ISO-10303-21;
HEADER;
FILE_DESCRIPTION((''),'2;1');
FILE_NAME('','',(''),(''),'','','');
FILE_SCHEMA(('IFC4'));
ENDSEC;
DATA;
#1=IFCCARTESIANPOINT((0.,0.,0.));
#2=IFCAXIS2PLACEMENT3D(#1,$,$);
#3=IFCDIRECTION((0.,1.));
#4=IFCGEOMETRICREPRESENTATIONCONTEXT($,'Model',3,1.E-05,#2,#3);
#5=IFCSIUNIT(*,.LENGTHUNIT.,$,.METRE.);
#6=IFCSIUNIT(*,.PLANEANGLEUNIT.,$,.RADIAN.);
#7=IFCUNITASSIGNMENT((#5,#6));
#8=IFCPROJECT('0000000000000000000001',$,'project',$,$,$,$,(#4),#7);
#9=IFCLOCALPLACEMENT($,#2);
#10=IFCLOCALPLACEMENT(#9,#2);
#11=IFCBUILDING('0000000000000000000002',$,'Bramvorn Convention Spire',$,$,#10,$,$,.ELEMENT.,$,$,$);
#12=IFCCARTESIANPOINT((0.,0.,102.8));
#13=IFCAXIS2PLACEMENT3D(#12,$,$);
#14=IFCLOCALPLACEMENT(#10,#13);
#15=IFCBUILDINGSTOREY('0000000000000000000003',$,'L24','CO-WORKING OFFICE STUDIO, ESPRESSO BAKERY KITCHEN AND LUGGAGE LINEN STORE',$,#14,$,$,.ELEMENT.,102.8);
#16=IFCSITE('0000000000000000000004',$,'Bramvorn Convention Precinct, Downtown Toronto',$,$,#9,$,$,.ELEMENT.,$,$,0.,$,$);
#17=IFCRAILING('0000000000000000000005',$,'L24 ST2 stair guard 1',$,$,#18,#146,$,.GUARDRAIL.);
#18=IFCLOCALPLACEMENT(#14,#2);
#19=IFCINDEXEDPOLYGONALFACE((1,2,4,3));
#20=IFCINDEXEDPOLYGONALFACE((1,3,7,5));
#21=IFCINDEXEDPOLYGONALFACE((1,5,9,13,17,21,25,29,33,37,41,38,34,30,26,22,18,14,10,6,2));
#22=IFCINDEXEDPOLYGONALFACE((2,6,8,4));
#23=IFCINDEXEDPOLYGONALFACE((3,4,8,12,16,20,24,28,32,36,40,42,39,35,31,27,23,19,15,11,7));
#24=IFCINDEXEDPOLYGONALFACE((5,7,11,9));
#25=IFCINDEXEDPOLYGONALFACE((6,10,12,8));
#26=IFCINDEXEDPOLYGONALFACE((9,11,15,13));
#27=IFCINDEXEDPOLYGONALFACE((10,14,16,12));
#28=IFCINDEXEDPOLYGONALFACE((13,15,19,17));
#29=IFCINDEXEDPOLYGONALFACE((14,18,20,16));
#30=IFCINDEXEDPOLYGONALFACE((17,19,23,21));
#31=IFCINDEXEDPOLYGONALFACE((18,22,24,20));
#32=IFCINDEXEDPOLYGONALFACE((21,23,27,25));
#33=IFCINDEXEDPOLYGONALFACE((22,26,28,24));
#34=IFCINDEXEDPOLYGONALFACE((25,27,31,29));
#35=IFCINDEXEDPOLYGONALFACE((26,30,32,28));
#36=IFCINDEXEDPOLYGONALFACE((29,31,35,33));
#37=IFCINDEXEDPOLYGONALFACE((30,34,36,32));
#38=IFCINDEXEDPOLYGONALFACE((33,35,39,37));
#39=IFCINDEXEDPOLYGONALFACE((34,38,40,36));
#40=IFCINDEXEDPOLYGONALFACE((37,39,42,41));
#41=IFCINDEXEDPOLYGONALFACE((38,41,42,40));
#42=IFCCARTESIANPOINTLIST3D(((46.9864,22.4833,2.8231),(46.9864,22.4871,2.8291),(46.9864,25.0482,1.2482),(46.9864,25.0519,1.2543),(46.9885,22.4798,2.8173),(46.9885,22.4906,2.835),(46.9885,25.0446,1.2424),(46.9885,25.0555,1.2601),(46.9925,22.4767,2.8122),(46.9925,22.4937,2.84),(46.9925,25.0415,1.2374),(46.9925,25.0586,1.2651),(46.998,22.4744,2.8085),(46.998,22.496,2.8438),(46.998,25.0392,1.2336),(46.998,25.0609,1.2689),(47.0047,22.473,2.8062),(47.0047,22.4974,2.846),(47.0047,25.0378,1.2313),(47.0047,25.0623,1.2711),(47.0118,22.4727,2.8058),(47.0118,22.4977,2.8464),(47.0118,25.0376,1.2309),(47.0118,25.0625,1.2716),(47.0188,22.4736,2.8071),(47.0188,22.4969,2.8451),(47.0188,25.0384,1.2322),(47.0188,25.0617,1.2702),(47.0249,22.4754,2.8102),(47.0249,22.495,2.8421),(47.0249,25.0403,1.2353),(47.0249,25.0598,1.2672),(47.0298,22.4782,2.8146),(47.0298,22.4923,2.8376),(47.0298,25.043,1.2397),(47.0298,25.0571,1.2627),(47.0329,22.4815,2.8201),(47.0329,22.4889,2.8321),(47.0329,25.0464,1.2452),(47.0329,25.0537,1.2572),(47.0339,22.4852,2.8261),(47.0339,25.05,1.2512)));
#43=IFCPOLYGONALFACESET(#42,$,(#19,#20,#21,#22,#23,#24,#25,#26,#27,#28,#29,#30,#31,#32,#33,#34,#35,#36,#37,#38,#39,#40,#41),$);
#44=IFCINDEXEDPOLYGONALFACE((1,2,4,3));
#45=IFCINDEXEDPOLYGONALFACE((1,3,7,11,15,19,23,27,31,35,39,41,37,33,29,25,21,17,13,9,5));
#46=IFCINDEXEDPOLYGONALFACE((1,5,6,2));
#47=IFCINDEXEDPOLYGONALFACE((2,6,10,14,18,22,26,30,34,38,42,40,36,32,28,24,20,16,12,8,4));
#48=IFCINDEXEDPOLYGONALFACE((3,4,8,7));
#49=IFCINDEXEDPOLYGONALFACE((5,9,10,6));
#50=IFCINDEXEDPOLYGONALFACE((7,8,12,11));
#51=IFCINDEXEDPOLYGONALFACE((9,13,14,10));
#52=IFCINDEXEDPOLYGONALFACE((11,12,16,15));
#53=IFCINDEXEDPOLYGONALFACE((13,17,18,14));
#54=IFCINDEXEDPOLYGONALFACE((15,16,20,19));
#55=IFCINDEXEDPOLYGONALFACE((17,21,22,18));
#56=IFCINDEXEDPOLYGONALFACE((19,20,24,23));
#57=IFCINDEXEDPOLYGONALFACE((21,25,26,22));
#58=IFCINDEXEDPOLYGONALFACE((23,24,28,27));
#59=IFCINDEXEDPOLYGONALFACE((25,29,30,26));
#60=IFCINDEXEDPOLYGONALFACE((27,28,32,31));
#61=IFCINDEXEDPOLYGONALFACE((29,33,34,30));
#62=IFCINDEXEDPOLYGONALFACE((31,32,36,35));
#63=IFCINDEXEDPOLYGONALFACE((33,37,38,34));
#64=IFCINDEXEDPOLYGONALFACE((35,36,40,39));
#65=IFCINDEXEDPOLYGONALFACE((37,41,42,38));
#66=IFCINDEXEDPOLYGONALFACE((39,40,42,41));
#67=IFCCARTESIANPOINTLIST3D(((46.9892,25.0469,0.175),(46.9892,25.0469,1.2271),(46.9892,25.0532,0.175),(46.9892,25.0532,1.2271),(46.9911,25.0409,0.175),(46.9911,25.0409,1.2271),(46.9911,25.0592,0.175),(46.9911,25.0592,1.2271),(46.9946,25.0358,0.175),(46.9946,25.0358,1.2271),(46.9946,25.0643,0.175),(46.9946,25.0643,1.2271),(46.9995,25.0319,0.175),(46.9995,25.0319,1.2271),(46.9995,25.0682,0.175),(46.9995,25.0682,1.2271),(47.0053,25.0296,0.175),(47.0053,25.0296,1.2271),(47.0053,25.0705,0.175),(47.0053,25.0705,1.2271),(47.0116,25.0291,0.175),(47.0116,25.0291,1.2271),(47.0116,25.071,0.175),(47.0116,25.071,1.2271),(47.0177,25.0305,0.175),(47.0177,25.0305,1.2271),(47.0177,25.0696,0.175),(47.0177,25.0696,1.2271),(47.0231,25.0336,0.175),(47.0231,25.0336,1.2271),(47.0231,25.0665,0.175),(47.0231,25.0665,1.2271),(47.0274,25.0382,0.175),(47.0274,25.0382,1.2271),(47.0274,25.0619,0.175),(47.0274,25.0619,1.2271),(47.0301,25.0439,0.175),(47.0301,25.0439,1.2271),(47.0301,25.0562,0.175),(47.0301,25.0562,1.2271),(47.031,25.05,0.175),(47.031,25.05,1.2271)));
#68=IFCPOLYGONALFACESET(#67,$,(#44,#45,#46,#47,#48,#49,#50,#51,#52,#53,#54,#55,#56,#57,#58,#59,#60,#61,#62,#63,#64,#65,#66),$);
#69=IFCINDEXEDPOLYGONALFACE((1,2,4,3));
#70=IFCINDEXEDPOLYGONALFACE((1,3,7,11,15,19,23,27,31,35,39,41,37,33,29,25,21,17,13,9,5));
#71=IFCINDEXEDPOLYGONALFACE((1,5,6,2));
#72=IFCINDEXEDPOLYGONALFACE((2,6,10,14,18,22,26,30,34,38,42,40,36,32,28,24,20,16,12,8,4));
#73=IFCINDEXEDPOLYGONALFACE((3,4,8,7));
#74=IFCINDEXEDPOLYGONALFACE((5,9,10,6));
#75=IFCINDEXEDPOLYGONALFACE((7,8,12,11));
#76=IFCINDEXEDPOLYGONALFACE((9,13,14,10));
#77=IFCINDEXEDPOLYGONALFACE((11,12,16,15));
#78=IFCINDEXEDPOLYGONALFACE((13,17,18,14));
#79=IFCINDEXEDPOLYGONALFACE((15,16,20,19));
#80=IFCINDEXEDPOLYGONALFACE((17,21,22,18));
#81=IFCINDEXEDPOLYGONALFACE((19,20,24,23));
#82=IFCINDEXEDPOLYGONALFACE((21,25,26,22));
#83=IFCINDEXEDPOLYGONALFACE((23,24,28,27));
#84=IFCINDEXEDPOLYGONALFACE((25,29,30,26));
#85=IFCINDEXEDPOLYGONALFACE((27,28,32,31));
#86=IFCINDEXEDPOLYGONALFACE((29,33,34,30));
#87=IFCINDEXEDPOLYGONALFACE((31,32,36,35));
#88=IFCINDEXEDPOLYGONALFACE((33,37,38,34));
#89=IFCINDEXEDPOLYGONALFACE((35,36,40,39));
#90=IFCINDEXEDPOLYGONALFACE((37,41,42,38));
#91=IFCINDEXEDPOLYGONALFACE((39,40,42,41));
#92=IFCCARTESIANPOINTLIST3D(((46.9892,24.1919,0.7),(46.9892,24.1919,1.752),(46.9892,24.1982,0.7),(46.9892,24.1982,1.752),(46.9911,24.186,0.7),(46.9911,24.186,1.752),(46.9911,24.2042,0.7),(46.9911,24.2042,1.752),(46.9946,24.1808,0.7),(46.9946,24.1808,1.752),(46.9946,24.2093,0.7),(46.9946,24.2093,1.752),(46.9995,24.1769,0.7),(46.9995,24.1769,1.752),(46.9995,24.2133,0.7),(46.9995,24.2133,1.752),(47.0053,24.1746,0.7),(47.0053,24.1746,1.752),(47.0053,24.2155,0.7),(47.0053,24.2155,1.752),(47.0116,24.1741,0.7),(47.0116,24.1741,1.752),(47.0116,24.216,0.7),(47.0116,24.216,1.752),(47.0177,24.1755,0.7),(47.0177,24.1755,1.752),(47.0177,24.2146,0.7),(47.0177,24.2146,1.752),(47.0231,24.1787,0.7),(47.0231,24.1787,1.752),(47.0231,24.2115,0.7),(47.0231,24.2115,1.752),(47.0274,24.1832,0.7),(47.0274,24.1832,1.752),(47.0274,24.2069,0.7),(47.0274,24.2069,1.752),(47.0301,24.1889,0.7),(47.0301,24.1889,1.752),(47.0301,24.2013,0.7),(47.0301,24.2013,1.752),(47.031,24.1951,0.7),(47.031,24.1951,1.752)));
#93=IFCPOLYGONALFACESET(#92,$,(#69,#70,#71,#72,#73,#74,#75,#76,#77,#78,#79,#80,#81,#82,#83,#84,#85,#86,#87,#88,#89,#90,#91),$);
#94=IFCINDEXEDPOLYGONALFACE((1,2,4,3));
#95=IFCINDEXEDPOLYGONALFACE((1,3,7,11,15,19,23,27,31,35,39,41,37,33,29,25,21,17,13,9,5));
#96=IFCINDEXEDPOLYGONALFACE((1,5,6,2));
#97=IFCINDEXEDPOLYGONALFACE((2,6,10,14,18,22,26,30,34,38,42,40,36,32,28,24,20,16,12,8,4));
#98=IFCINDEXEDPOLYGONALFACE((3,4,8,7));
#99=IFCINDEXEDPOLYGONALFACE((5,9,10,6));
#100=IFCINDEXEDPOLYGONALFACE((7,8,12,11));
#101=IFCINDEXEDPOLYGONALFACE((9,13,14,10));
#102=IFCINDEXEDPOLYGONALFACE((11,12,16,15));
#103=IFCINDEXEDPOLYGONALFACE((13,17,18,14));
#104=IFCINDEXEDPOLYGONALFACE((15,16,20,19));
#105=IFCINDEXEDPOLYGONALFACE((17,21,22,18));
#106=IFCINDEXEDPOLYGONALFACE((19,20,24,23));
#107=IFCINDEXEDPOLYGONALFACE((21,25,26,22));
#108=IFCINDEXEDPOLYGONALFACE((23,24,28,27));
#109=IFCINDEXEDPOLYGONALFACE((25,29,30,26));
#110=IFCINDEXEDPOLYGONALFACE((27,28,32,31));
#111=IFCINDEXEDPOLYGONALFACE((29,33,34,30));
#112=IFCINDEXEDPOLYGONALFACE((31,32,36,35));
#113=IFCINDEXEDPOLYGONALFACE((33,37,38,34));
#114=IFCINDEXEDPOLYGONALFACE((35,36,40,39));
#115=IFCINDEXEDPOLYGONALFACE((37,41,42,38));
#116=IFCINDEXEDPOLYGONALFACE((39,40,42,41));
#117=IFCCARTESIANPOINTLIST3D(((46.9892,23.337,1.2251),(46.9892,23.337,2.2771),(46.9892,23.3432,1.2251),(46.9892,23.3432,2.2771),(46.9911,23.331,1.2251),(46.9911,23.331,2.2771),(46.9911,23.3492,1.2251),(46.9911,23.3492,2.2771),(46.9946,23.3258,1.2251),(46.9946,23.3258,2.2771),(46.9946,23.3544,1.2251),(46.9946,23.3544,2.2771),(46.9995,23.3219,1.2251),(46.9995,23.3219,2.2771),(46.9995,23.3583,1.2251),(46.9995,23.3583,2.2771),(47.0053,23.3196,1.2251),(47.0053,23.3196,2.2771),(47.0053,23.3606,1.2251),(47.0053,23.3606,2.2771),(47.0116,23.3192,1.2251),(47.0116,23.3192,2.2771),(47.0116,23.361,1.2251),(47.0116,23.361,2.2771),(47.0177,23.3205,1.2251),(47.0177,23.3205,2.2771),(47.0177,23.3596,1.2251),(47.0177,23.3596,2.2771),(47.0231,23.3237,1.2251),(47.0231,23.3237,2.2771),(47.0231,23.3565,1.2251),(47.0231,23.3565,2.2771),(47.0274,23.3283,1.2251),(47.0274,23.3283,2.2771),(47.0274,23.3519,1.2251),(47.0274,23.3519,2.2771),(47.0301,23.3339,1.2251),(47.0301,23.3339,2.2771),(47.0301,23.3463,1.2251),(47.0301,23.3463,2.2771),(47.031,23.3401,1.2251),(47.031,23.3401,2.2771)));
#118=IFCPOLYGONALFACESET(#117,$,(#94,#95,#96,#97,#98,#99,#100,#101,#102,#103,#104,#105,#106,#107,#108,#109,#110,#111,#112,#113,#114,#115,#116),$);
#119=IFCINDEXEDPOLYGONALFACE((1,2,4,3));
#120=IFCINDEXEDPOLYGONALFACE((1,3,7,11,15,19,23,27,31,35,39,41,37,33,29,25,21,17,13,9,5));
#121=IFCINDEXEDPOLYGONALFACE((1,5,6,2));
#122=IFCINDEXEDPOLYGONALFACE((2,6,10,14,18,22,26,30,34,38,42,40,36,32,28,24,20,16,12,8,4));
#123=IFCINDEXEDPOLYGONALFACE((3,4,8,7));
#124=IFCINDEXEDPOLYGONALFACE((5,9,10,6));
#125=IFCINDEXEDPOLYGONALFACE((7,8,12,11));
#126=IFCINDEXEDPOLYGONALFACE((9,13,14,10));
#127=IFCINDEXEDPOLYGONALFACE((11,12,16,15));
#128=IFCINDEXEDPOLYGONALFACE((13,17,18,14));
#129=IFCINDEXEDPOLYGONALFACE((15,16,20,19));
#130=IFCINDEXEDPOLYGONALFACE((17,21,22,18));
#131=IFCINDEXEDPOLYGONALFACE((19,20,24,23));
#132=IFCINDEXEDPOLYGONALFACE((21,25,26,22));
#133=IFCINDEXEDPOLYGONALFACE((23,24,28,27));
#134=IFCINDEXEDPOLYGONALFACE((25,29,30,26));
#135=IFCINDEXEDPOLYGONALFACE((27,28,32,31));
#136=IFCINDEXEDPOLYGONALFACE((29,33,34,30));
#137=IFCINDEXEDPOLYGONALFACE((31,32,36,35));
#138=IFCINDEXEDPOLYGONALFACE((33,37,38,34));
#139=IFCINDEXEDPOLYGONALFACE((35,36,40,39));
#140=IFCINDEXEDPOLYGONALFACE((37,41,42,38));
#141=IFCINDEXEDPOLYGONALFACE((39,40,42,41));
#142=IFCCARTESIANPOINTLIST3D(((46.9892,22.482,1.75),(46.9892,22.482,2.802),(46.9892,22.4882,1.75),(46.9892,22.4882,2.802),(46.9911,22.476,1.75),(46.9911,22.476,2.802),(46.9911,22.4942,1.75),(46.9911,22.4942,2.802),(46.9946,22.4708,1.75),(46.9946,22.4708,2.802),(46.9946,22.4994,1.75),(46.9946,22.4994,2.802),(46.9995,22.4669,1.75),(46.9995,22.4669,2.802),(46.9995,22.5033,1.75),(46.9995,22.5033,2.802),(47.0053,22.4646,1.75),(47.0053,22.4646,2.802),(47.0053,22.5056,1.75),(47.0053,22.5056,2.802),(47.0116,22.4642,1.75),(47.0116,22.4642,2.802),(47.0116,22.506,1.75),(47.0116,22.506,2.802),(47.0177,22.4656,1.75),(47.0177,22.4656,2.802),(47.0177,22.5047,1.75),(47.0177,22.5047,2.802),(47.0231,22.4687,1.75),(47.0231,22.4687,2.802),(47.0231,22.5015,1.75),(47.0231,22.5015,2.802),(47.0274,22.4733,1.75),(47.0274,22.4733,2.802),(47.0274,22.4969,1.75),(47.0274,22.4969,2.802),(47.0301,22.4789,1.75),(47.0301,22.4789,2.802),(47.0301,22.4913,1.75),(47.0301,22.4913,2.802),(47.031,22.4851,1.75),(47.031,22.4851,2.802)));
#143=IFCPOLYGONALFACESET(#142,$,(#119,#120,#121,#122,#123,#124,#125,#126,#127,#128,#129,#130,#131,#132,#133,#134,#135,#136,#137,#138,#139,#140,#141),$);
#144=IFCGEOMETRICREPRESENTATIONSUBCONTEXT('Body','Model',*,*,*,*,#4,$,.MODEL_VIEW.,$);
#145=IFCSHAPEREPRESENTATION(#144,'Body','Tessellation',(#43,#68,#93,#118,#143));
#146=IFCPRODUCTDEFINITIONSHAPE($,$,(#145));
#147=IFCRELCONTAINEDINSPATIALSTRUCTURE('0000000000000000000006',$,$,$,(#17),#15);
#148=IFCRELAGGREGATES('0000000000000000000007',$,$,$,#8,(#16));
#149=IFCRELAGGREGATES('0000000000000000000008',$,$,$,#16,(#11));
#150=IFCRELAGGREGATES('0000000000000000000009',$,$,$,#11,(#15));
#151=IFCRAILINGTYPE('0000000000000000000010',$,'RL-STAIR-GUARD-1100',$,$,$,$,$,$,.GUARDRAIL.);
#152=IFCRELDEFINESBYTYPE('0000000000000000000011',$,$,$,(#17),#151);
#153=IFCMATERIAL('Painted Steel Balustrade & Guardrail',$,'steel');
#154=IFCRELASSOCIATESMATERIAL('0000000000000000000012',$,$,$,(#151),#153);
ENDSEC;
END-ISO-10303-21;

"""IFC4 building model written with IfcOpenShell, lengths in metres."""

from ifc_helpers import new_model, si_unit, direction, frame, origin, origin_2d, place, context, subcontext, project, spatial, circle, extrude, material, type_object, element, save


model = new_model("IFC4")

# Units and contexts
model_context = context("Model", 3, precision=1e-05, world=origin(), true_north=direction((0.0, 1.0)))
body_context = subcontext(model_context, "Body", "Model", "MODEL_VIEW")
ifc_project = project(units=[si_unit("LENGTHUNIT", "METRE"), si_unit("PLANEANGLEUNIT", "RADIAN")], contexts=[model_context])

# Site, building, storey
site_placement = place(None, origin())
site = spatial("IfcSite", under=ifc_project, at=site_placement, Name="Bramvorn Convention Precinct, Downtown Toronto", CompositionType="ELEMENT", RefElevation=0.0)
building_placement = place(site_placement, origin())
building = spatial("IfcBuilding", under=site, at=building_placement, Name="Bramvorn Convention Spire", CompositionType="ELEMENT")
storey_placement = place(building_placement, frame((0.0, 0.0, 102.8)))
storey = spatial("IfcBuildingStorey", under=building, at=storey_placement, Name="L24", Description="CO-WORKING OFFICE STUDIO, ESPRESSO BAKERY KITCHEN AND LUGGAGE LINEN STORE", CompositionType="ELEMENT", Elevation=102.8)

# Railing
ifc_material_1 = material(Name="Painted Steel Balustrade & Guardrail", Category="steel")
railing_type_1 = type_object("IfcRailingType", Name="RL-STAIR-GUARD-1100", PredefinedType="GUARDRAIL", material=ifc_material_1)
railing_1_placement = place(storey_placement, frame((47.01, 25.05, 0.175)))
element("IfcRailing", 1, at=railing_1_placement, inside=storey, type_object=railing_type_1, Name="L24 ST2 stair guard 1", PredefinedType="GUARDRAIL", context=body_context, shape_type="SweptSolid", body=[
    extrude(circle(Radius=0.0239, at=origin_2d()), frame((0.0, 0.0, 1.0762), z_axis=(0.0, -0.852173, 0.52326), x_axis=(1.0, 0.0, 0.0)), (0.0, 0.0, 1.0), 3.0098),
    extrude(circle(Radius=0.021, at=origin_2d()), origin(), (0.0, 0.0, 1.0), 1.052),
    extrude(circle(Radius=0.021, at=origin_2d()), frame((0.0, -0.855, 0.5249)), (0.0, 0.0, 1.0), 1.052),
    extrude(circle(Radius=0.021, at=origin_2d()), frame((0.0, -1.71, 1.05)), (0.0, 0.0, 1.0), 1.052),
    extrude(circle(Radius=0.021, at=origin_2d()), frame((0.0, -2.5649, 1.575)), (0.0, 0.0, 1.0), 1.052),
])

save(model, "model.ifc")
